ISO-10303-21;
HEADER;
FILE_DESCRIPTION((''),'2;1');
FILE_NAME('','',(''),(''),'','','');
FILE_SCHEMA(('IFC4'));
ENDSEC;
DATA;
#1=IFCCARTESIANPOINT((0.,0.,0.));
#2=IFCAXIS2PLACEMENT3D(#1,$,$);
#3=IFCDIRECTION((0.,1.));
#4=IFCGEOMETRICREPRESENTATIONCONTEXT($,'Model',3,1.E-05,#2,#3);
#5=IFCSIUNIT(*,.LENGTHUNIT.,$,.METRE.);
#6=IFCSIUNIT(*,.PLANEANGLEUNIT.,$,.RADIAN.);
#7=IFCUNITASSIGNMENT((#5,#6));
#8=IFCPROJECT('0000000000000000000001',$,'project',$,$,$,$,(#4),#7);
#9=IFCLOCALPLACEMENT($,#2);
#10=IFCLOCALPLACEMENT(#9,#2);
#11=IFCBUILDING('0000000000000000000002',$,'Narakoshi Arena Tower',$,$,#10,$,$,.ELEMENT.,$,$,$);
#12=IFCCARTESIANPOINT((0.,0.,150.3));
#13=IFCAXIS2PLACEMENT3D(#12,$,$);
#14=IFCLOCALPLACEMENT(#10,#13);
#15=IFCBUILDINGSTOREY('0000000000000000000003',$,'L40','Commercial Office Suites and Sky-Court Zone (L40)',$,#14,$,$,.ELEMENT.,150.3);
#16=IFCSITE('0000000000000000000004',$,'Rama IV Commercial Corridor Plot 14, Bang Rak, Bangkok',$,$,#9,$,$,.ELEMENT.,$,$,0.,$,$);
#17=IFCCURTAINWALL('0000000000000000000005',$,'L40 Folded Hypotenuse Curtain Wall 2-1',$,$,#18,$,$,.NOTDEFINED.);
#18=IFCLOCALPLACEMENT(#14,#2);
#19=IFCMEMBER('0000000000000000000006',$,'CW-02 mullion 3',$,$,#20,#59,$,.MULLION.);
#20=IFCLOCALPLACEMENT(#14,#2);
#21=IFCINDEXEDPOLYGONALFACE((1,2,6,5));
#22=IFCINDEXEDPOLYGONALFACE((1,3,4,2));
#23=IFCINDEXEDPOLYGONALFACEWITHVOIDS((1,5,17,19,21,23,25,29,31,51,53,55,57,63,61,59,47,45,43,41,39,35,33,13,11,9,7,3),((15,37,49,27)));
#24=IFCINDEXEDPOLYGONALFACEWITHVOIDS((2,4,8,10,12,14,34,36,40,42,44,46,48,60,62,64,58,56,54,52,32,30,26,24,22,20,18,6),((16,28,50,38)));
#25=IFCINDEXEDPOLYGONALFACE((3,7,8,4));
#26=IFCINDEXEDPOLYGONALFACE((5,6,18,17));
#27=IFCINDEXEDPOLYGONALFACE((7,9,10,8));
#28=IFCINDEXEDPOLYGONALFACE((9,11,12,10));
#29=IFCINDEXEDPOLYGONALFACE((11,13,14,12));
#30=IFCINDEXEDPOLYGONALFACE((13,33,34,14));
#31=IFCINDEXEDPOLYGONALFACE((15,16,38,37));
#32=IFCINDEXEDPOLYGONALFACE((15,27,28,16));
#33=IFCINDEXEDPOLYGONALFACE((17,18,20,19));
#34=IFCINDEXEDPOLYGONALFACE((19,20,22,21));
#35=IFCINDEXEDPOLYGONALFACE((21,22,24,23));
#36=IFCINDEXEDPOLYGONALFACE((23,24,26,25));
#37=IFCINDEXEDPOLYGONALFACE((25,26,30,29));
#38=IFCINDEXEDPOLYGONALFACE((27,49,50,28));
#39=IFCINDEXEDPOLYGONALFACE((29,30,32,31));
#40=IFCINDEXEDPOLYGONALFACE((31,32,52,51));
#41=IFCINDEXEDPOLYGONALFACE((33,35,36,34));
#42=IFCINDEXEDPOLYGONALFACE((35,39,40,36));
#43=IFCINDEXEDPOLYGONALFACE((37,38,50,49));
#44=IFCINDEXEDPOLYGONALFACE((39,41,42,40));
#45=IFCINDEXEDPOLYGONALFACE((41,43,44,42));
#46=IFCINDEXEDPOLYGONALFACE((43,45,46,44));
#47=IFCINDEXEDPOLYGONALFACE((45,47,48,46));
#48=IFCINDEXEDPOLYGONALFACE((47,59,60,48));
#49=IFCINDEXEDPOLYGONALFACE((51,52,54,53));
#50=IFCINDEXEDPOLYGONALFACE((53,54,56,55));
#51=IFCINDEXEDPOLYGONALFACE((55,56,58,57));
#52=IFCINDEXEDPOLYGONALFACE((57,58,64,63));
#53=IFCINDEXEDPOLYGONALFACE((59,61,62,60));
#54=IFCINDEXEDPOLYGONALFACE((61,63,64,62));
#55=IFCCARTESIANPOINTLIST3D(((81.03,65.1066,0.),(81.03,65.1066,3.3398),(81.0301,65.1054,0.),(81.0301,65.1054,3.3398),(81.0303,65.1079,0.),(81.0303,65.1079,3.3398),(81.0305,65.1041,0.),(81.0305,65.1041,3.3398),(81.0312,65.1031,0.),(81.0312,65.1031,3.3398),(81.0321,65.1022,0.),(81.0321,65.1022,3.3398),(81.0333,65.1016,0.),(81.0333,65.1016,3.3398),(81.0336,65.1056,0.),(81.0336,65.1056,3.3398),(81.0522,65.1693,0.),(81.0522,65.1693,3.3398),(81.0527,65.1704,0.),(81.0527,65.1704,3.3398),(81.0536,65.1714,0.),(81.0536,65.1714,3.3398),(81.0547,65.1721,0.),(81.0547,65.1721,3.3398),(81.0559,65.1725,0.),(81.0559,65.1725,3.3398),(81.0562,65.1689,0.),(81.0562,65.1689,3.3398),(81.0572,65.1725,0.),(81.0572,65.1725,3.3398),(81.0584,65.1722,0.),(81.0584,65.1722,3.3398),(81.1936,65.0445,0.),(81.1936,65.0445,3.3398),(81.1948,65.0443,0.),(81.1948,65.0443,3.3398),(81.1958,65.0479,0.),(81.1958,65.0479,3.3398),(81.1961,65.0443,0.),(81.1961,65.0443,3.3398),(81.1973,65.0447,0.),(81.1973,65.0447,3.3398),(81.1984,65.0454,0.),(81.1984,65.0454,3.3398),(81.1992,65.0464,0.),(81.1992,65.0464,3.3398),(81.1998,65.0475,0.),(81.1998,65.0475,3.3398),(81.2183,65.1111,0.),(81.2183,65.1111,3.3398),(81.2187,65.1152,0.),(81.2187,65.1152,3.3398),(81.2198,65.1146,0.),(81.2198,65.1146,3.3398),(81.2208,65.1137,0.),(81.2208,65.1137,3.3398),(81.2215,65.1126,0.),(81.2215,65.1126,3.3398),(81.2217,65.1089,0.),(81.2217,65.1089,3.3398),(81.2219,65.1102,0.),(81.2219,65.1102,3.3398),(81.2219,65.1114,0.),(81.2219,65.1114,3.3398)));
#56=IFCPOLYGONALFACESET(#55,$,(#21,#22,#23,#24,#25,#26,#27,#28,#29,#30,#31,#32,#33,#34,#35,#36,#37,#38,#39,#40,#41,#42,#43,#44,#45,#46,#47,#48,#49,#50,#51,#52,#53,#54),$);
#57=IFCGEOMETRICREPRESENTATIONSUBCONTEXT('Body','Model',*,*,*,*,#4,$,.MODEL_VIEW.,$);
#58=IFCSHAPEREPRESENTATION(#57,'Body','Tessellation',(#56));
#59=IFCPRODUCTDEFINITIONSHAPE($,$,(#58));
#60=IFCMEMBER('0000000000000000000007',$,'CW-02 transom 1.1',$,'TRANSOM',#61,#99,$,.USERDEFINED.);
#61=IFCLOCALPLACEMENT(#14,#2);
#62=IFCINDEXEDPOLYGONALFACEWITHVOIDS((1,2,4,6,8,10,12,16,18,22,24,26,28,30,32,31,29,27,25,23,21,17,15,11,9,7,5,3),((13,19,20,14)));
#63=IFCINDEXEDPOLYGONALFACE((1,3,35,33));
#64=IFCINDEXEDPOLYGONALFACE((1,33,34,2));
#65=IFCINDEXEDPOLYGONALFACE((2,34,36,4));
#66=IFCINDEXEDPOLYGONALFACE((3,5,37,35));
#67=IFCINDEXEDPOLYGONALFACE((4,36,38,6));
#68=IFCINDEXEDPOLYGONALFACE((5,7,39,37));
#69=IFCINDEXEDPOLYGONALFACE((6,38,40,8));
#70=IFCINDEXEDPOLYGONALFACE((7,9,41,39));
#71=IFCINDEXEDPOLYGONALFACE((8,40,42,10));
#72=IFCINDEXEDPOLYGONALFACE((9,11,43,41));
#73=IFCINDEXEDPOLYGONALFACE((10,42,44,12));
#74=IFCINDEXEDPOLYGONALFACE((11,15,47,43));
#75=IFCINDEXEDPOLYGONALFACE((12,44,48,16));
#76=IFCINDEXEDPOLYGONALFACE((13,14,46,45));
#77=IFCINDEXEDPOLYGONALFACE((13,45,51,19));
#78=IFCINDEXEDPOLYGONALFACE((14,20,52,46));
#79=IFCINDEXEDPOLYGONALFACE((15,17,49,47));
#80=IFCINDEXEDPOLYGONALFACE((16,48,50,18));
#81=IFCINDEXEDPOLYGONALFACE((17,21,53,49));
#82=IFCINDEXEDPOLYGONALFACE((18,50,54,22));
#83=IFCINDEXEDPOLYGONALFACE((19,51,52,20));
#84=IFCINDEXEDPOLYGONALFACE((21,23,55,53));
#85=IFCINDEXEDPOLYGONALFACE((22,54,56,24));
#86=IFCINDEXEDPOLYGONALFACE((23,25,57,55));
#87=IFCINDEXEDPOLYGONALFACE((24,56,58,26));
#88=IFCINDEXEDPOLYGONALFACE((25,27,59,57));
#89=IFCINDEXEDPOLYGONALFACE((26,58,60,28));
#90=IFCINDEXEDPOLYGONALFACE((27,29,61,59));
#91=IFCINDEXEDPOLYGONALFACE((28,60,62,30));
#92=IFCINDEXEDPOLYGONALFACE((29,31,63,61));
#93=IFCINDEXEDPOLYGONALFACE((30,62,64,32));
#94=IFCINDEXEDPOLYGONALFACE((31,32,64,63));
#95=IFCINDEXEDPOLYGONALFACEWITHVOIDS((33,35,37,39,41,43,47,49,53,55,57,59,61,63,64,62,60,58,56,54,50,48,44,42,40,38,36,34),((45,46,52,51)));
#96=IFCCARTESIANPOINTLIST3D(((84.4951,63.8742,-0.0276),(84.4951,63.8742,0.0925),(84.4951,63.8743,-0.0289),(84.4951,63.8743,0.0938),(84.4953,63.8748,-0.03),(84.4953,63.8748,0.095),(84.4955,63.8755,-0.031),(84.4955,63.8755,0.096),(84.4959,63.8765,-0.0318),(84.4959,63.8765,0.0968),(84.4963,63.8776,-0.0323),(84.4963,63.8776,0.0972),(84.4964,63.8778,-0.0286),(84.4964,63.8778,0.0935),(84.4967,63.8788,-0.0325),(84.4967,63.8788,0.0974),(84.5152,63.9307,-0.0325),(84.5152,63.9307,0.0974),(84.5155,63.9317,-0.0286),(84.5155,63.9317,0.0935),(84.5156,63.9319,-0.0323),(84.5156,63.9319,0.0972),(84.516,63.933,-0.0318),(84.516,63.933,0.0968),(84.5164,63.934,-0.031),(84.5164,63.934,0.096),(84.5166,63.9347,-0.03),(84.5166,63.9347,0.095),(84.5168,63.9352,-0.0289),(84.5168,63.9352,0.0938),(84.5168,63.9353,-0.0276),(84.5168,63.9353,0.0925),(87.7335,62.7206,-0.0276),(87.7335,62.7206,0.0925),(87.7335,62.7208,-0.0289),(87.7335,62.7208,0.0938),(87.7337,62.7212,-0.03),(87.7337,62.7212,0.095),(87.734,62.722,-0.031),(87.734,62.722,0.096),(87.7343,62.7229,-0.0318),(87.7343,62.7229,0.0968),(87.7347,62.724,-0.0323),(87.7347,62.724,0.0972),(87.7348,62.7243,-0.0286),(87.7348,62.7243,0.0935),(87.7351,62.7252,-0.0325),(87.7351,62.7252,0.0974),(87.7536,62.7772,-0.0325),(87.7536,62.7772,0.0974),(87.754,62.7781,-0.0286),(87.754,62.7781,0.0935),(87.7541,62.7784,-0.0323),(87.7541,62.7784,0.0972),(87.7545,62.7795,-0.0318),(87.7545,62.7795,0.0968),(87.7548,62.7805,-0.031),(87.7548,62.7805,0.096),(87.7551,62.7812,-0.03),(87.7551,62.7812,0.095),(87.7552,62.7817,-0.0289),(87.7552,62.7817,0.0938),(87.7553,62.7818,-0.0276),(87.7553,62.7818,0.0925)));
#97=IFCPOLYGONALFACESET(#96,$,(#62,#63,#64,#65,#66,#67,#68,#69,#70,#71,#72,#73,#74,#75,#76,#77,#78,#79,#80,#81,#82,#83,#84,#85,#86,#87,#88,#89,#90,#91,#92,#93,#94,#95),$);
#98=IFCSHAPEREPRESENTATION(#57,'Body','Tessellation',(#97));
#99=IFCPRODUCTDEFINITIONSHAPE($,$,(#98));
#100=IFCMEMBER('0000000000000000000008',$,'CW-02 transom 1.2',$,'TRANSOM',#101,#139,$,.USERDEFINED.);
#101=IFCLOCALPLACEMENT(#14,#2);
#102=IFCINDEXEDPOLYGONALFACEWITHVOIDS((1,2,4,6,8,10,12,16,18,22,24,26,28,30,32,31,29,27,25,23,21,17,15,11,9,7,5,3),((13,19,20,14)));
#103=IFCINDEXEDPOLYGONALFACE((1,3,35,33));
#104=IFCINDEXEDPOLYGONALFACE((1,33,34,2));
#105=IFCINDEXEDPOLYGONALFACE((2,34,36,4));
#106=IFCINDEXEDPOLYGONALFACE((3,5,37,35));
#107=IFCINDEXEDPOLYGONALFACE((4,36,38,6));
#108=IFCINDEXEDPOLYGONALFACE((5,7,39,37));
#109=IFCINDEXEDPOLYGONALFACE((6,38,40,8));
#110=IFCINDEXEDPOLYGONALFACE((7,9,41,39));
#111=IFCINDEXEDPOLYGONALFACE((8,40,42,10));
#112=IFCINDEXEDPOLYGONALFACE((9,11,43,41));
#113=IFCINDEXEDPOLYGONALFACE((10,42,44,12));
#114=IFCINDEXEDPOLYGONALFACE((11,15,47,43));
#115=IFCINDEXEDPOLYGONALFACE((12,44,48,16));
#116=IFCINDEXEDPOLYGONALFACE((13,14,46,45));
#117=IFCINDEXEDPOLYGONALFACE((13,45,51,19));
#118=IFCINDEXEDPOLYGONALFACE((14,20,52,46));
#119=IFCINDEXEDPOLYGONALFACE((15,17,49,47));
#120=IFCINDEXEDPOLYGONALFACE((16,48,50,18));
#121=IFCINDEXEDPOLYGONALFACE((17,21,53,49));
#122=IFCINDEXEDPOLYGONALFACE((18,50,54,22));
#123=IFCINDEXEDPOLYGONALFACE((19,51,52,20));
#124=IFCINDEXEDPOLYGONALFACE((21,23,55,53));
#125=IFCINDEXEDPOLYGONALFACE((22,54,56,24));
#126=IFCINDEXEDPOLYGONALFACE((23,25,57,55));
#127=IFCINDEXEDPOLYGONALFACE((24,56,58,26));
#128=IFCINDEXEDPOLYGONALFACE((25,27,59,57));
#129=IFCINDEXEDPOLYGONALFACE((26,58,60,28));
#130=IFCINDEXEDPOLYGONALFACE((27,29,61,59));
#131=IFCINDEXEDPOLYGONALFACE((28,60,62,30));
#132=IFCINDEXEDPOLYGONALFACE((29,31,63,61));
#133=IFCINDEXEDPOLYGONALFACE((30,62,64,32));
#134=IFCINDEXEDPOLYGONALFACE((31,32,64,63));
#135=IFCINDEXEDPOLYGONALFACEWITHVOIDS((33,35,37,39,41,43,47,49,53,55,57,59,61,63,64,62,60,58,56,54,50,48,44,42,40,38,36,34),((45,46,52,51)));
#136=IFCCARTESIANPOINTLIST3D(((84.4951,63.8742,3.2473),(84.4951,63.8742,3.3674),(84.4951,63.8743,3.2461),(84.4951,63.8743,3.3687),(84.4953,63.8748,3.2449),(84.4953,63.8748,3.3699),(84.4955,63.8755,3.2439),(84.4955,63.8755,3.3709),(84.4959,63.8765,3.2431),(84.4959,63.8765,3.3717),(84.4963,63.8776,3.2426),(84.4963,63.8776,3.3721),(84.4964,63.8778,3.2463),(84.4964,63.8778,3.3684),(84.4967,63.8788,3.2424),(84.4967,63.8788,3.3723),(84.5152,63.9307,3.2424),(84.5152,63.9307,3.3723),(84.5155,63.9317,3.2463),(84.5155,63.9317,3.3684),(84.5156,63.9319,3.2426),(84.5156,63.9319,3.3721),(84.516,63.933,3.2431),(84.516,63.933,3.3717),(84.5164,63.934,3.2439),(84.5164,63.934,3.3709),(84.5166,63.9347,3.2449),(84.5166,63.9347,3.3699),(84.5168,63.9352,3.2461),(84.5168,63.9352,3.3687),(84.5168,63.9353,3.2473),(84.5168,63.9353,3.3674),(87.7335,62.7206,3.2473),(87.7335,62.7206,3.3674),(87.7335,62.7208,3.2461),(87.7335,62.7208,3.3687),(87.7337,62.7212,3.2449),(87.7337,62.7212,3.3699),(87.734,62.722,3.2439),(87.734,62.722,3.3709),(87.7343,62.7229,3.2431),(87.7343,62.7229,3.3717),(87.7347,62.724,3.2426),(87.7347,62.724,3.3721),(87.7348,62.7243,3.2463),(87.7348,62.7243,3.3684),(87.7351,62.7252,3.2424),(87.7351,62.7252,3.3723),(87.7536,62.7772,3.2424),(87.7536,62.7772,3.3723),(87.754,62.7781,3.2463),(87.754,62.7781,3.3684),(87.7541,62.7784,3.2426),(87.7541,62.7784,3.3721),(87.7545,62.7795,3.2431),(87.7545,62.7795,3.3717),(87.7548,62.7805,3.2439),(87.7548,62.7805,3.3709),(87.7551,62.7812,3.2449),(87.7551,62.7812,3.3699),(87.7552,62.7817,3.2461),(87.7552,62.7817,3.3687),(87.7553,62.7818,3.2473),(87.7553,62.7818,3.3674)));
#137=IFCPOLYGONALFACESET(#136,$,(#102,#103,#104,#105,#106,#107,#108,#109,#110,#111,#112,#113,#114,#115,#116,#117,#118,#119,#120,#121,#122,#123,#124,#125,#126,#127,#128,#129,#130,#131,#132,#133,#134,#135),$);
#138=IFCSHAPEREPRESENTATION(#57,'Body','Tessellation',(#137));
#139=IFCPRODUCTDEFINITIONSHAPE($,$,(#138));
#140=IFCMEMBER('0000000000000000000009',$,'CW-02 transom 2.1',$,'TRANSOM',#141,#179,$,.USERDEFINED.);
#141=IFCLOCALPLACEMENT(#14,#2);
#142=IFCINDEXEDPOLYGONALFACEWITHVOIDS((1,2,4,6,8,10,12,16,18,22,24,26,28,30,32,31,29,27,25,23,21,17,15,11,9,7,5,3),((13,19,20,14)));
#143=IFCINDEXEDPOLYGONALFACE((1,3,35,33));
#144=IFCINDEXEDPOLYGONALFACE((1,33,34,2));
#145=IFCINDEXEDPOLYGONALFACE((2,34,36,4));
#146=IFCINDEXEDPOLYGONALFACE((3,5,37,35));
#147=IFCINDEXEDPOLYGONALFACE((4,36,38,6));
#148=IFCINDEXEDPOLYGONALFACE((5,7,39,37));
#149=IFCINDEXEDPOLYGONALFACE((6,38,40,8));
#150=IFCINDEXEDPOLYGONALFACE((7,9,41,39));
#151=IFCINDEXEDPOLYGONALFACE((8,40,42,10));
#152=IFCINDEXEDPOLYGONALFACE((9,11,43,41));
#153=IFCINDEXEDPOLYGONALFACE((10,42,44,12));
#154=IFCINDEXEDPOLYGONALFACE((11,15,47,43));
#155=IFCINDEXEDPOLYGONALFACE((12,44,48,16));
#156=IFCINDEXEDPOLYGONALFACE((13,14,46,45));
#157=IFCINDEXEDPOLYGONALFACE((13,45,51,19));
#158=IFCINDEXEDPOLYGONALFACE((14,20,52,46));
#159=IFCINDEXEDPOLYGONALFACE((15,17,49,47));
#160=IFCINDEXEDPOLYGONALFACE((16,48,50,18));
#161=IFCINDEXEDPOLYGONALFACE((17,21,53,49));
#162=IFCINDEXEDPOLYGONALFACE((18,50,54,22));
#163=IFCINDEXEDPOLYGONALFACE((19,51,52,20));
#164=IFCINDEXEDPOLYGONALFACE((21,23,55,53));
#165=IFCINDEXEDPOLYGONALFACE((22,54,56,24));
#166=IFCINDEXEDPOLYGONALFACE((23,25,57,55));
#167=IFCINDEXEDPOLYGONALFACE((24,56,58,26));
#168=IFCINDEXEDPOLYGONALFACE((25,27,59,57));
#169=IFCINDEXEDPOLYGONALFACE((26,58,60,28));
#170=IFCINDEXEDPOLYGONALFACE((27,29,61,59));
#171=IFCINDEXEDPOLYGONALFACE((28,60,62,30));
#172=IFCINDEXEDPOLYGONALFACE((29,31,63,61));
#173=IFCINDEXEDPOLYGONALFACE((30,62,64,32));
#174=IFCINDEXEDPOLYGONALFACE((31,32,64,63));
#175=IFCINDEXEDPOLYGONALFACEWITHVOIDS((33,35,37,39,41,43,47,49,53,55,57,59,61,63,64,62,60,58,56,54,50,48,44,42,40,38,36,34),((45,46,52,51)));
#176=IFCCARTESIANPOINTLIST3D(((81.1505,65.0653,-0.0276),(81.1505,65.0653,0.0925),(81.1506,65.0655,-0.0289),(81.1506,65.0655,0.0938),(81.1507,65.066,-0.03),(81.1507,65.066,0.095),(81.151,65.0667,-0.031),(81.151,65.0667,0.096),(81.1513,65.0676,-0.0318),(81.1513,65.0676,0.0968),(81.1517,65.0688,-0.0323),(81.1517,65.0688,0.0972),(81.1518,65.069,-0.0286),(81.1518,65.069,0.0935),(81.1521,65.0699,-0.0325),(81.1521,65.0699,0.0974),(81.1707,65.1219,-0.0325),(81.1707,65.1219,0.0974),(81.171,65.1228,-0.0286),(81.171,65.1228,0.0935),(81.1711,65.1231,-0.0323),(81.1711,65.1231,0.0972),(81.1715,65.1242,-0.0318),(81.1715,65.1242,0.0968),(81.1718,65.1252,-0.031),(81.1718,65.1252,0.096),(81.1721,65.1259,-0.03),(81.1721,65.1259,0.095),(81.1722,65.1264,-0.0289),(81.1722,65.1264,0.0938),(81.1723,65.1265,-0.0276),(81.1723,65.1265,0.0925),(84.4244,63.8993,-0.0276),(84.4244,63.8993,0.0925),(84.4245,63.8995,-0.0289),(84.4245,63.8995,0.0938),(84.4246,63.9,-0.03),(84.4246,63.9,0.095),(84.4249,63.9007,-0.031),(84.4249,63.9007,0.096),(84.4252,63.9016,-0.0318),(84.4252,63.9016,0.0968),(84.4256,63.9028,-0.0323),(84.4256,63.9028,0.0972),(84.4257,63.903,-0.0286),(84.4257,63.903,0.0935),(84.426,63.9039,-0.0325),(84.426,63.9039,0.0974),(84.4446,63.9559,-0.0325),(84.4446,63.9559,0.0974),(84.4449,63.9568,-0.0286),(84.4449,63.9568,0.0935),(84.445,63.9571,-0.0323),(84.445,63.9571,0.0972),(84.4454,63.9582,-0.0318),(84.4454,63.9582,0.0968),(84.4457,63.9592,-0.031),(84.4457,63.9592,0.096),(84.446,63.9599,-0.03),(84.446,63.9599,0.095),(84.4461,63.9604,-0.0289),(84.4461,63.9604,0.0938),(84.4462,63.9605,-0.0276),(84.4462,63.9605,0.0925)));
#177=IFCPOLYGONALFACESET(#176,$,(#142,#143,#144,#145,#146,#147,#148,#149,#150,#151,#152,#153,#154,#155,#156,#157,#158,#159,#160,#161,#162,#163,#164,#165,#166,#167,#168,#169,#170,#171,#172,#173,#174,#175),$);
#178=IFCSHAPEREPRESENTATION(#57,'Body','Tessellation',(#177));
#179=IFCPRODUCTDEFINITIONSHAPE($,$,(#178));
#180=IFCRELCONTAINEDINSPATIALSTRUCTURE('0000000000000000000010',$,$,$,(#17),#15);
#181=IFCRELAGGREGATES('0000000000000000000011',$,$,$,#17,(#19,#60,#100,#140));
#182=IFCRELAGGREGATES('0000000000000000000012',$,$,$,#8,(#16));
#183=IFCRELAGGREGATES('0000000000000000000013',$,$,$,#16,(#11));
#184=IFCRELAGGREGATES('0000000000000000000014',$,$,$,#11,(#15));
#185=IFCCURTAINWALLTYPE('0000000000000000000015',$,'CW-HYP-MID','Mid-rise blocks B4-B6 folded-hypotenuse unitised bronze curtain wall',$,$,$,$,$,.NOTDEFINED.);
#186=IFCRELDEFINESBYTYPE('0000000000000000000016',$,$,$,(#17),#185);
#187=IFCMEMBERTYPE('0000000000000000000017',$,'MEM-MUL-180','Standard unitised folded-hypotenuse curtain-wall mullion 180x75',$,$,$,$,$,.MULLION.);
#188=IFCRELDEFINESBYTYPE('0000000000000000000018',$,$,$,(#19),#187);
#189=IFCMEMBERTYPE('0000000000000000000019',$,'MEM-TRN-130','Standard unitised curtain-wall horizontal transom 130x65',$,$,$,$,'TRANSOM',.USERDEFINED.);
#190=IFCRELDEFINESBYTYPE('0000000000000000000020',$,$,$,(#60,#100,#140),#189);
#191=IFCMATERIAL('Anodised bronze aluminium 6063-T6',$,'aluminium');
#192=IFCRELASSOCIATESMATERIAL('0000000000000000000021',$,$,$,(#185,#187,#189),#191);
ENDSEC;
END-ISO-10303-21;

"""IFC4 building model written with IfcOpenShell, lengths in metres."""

from ifc_helpers import new_model, si_unit, direction, frame, origin, origin_2d, place, context, subcontext, project, spatial, hollow_rectangle, extrude, material, material_profile, profile_set, type_object, element, aggregate, save


model = new_model("IFC4")

# Units and contexts
model_context = context("Model", 3, precision=1e-05, world=origin(), true_north=direction((0.0, 1.0)))
body_context = subcontext(model_context, "Body", "Model", "MODEL_VIEW")
ifc_project = project(units=[si_unit("LENGTHUNIT", "METRE"), si_unit("PLANEANGLEUNIT", "RADIAN")], contexts=[model_context])

# Site, building, storey
site_placement = place(None, origin())
site = spatial("IfcSite", under=ifc_project, at=site_placement, Name="Rama IV Commercial Corridor Plot 14, Bang Rak, Bangkok", CompositionType="ELEMENT", RefElevation=0.0)
building_placement = place(site_placement, origin())
building = spatial("IfcBuilding", under=site, at=building_placement, Name="Narakoshi Arena Tower", CompositionType="ELEMENT")
storey_placement = place(building_placement, frame((0.0, 0.0, 150.3)))
storey = spatial("IfcBuildingStorey", under=building, at=storey_placement, Name="L40", Description="Commercial Office Suites and Sky-Court Zone (L40)", CompositionType="ELEMENT", Elevation=150.3)

# Curtain wall, members
ifc_material_1 = material(Name="Anodised bronze aluminium 6063-T6", Category="aluminium")
curtain_wall_type = type_object("IfcCurtainWallType", Name="CW-HYP-MID", Description="Mid-rise blocks B4-B6 folded-hypotenuse unitised bronze curtain wall", PredefinedType="NOTDEFINED", material=ifc_material_1)
curtain_wall_placement = place(storey_placement, origin())
curtain_wall = element("IfcCurtainWall", 1, at=curtain_wall_placement, inside=storey, type_object=curtain_wall_type, Name="L40 Folded Hypotenuse Curtain Wall 2-1", PredefinedType="NOTDEFINED")
ifc_material_profile_1 = material_profile(ifc_material_1, hollow_rectangle(XDim=0.075, YDim=0.1799, WallThickness=0.0039, OuterFilletRadius=0.0049, at=origin_2d()), Name="MUL180x75x4")
ifc_profile_set_1 = profile_set([ifc_material_profile_1], Name="Anodised bronze aluminium 6063-T6")
member_type_1 = type_object("IfcMemberType", Name="MEM-MUL-180", Description="Standard unitised folded-hypotenuse curtain-wall mullion 180x75", PredefinedType="MULLION", material=ifc_profile_set_1)
member_1_placement = place(storey_placement, frame((81.126, 65.1084, 0.0), z_axis=(0.0, 0.0, 1.0), x_axis=(-0.335518, -0.942034, 0.0)))
member_1 = element("IfcMember", 2, at=member_1_placement, type_object=member_type_1, Name="CW-02 mullion 3", PredefinedType="MULLION", context=body_context, shape_type="SweptSolid", body=[
    extrude(hollow_rectangle(XDim=0.075, YDim=0.1799, WallThickness=0.0039, OuterFilletRadius=0.0049, at=origin_2d()), origin(), (0.0, 0.0, 1.0), 3.3398),
])
ifc_material_profile_2 = material_profile(ifc_material_1, hollow_rectangle(XDim=0.0649, YDim=0.1299, WallThickness=0.0039, OuterFilletRadius=0.0049, at=origin_2d()), Name="TRN130x65x4")
ifc_profile_set_2 = profile_set([ifc_material_profile_2], Name="Anodised bronze aluminium 6063-T6")
member_type_2 = type_object("IfcMemberType", Name="MEM-TRN-130", Description="Standard unitised curtain-wall horizontal transom 130x65", ElementType="TRANSOM", PredefinedType="USERDEFINED", material=ifc_profile_set_2)
member_2_placement = place(storey_placement, frame((87.7444, 62.7512, 0.0325), z_axis=(-0.942023, 0.335549, 0.0), x_axis=(-0.335549, -0.942023, 0.0)))
member_2 = element("IfcMember", 3, at=member_2_placement, type_object=member_type_2, Name="CW-02 transom 1.1", ObjectType="TRANSOM", PredefinedType="USERDEFINED", context=body_context, shape_type="SweptSolid", body=[
    extrude(hollow_rectangle(XDim=0.0649, YDim=0.1299, WallThickness=0.0039, OuterFilletRadius=0.0049, at=origin_2d()), origin(), (0.0, 0.0, 1.0), 3.4377),
])
member_3_placement = place(storey_placement, frame((87.7444, 62.7512, 3.3074), z_axis=(-0.942023, 0.335549, 0.0), x_axis=(-0.335549, -0.942023, 0.0)))
member_3 = element("IfcMember", 4, at=member_3_placement, type_object=member_type_2, Name="CW-02 transom 1.2", ObjectType="TRANSOM", PredefinedType="USERDEFINED", context=body_context, shape_type="SweptSolid", body=[
    extrude(hollow_rectangle(XDim=0.0649, YDim=0.1299, WallThickness=0.0039, OuterFilletRadius=0.0049, at=origin_2d()), origin(), (0.0, 0.0, 1.0), 3.4377),
])
member_4_placement = place(storey_placement, frame((84.4353, 63.9299, 0.0325), z_axis=(-0.942037, 0.335509, 0.0), x_axis=(-0.335509, -0.942037, 0.0)))
member_4 = element("IfcMember", 5, at=member_4_placement, type_object=member_type_2, Name="CW-02 transom 2.1", ObjectType="TRANSOM", PredefinedType="USERDEFINED", context=body_context, shape_type="SweptSolid", body=[
    extrude(hollow_rectangle(XDim=0.0649, YDim=0.1299, WallThickness=0.0039, OuterFilletRadius=0.0049, at=origin_2d()), origin(), (0.0, 0.0, 1.0), 3.4753),
])
aggregate(curtain_wall, [member_1, member_2, member_3, member_4])

save(model, "model.ifc")
